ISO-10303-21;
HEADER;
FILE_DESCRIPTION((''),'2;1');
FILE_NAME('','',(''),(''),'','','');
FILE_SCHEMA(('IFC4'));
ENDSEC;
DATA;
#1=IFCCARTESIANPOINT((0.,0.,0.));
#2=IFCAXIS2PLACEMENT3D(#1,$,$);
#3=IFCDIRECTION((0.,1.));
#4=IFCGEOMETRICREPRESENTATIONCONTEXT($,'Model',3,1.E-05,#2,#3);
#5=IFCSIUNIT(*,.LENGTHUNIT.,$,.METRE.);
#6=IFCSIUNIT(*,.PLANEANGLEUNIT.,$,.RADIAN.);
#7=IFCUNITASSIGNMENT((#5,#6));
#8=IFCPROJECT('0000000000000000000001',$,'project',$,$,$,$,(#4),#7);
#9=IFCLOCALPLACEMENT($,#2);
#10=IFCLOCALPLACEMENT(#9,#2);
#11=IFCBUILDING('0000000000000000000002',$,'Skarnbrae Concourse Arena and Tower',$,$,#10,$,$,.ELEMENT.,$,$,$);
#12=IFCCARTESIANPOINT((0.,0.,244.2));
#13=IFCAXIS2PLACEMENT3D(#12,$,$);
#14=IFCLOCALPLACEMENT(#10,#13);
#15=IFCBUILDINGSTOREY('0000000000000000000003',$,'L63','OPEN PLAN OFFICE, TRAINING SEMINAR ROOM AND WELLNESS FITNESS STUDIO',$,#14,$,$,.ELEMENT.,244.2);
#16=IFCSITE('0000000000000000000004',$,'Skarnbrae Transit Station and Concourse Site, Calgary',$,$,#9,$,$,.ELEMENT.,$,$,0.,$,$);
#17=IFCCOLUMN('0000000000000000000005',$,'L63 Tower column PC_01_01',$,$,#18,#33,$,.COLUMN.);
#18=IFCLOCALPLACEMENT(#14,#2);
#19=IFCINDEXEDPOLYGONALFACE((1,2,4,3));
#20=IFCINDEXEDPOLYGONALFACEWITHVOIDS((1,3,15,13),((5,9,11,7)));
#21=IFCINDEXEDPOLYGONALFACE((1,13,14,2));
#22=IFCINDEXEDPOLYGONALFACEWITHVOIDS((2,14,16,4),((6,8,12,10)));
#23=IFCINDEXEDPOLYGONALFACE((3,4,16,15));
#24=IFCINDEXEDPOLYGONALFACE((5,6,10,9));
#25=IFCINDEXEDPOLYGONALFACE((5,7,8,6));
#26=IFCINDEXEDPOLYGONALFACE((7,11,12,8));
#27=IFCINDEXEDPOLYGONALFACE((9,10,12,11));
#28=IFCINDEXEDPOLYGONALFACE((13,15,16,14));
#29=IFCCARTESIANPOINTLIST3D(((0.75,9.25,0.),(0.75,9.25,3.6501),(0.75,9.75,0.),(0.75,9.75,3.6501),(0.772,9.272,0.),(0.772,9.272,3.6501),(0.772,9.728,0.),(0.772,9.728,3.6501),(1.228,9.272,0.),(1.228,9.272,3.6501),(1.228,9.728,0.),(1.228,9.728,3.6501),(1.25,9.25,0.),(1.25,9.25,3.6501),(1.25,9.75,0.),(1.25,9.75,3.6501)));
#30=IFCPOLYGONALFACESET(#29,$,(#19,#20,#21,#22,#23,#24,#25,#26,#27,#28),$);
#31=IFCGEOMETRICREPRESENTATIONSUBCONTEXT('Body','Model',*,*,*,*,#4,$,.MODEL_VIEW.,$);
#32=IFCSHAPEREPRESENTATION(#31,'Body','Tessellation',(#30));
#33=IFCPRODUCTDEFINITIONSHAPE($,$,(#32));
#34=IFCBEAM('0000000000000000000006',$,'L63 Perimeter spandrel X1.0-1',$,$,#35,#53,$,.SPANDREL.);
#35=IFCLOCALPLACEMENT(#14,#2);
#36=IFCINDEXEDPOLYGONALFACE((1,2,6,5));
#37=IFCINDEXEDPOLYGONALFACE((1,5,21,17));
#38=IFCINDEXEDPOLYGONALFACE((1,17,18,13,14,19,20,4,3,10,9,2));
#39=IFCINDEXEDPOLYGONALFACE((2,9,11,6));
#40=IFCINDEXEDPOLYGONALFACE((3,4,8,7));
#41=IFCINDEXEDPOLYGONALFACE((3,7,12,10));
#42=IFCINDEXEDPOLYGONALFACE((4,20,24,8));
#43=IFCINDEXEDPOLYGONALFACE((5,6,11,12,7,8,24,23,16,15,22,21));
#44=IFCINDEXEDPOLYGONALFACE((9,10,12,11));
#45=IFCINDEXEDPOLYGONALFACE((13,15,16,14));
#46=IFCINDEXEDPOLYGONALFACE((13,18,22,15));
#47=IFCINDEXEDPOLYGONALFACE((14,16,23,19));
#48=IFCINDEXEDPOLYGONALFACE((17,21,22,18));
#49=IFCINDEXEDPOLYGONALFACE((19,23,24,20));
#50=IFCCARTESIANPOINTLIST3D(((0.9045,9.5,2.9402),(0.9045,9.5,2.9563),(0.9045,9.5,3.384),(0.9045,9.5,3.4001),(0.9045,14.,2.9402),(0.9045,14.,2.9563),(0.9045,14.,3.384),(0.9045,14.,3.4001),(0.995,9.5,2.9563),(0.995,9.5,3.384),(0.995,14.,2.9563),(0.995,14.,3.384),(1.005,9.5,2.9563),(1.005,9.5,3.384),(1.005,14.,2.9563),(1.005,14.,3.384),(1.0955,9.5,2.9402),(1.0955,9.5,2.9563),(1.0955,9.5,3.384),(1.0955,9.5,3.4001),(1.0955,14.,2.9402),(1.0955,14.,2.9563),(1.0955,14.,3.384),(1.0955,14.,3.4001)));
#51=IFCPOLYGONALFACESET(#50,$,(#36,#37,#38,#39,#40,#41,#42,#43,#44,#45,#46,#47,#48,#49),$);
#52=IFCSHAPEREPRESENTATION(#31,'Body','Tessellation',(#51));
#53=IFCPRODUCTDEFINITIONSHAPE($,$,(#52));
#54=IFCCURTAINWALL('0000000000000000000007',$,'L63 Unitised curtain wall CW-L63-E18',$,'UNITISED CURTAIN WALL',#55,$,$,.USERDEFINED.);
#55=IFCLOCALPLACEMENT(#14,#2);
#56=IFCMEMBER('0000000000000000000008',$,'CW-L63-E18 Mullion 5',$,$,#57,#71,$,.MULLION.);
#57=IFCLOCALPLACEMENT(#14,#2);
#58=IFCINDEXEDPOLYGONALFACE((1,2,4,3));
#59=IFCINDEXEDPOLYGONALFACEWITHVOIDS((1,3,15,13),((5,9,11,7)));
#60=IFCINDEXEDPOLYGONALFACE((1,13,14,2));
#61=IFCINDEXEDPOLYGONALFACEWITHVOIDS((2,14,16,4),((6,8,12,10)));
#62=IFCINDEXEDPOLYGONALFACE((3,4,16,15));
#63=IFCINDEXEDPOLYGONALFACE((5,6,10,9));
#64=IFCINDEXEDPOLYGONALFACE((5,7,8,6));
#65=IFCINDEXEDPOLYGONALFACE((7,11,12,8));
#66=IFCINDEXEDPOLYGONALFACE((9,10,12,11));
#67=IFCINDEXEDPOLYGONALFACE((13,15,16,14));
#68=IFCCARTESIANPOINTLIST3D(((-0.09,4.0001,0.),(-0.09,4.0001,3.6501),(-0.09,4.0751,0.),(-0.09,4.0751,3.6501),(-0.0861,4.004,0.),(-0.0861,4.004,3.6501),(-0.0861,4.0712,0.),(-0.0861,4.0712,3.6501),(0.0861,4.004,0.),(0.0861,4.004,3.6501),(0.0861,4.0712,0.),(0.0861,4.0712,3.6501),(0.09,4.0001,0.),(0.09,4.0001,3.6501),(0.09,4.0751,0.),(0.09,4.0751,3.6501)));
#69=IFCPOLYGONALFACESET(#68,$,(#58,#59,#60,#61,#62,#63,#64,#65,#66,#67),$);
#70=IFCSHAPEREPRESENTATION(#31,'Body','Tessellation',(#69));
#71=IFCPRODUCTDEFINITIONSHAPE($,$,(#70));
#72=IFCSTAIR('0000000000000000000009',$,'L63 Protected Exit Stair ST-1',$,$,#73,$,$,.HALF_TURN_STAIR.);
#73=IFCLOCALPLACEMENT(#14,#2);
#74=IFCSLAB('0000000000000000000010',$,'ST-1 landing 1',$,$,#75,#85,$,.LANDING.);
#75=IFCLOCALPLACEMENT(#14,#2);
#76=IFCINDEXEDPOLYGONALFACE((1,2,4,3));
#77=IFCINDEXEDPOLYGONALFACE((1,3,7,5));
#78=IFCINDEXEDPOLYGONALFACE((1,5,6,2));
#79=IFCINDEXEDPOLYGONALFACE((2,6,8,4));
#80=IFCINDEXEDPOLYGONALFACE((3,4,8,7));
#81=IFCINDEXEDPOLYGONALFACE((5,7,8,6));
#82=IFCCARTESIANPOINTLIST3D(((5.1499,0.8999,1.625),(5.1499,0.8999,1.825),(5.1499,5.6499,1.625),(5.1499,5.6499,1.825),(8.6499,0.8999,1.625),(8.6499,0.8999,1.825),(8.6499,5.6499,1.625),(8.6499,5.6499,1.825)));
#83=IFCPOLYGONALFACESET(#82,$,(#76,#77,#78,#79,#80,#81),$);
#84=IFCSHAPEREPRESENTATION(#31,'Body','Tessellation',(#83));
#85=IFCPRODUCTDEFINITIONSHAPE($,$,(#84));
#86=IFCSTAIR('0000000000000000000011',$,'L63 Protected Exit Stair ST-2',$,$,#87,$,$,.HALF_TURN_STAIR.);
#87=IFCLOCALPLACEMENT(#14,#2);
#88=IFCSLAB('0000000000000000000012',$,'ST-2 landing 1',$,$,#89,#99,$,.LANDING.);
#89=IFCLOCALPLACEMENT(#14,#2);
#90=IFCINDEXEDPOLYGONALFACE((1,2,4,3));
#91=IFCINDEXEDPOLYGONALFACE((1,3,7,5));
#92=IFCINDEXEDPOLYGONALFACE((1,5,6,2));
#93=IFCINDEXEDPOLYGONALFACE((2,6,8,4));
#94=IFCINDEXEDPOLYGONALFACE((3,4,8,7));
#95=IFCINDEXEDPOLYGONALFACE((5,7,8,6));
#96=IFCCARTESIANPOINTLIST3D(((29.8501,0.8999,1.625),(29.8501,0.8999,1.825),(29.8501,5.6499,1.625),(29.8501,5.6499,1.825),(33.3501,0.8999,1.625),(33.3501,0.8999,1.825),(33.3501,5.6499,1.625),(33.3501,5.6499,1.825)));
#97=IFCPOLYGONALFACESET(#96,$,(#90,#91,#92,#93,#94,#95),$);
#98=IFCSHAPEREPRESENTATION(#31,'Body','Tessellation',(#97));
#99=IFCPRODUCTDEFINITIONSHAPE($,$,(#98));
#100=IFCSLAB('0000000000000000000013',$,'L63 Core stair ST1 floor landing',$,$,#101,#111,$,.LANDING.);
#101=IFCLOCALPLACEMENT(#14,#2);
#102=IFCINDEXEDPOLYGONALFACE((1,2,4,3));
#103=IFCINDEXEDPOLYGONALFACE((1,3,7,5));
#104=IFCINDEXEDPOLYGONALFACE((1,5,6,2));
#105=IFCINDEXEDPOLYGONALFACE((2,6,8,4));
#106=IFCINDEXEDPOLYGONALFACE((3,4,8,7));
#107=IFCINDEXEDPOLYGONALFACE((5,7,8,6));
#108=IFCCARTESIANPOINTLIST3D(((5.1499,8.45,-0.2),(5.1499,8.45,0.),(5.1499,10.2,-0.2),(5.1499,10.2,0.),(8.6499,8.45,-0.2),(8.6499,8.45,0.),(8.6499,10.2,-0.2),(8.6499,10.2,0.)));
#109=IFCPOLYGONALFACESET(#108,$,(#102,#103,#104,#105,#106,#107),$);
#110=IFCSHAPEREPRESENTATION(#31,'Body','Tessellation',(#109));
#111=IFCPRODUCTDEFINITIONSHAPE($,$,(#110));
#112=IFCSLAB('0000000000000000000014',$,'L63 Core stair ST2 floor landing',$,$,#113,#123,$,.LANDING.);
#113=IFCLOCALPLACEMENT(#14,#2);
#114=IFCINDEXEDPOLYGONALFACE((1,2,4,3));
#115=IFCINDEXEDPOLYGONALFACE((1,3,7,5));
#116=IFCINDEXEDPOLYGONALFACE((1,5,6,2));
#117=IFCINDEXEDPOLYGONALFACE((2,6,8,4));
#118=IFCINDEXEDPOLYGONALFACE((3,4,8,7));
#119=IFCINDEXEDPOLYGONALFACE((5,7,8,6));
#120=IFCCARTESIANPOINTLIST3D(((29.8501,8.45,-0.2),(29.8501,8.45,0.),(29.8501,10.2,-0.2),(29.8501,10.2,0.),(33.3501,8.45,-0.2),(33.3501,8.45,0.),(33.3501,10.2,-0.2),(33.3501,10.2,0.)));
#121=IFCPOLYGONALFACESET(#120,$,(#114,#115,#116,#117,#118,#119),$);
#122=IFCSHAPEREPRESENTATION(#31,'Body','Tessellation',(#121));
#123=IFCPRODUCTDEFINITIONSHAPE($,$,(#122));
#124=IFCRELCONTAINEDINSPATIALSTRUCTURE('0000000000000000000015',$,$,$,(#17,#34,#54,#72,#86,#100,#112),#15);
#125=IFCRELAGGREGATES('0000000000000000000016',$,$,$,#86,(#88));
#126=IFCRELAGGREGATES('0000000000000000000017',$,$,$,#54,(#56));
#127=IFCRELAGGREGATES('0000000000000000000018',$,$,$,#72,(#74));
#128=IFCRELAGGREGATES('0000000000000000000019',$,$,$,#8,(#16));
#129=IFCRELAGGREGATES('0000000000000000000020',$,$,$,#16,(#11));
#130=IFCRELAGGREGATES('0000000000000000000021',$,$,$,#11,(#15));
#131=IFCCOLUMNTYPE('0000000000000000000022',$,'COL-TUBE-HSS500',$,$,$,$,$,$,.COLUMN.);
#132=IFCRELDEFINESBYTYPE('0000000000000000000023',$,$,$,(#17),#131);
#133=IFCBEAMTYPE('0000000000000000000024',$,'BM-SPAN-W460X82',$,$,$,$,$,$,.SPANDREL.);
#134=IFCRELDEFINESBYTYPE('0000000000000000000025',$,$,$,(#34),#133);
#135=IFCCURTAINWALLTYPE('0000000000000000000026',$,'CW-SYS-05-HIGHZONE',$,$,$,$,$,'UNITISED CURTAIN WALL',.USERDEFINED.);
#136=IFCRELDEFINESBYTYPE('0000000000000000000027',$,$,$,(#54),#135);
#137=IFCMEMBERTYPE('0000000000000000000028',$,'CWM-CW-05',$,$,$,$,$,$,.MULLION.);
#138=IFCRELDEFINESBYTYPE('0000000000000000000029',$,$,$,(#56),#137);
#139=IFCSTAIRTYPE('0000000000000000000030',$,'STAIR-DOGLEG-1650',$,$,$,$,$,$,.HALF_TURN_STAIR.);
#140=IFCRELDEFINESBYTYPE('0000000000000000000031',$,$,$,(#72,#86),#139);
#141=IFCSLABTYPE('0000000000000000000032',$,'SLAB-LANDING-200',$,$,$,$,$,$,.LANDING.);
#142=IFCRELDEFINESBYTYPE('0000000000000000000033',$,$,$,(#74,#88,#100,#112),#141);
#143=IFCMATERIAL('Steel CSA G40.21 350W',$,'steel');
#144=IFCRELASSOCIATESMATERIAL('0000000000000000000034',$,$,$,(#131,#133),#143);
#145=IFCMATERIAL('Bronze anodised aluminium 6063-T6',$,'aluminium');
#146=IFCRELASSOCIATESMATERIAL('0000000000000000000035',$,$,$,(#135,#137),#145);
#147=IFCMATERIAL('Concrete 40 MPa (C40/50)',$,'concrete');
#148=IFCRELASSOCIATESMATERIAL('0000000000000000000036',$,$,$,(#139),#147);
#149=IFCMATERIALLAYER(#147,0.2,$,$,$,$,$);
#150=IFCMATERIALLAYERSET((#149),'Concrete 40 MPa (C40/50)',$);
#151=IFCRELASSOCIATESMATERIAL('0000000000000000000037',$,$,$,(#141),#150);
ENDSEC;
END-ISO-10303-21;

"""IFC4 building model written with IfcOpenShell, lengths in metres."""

from ifc_helpers import new_model, si_unit, direction, frame, origin, origin_2d, place, context, subcontext, project, spatial, polyline, hollow_rectangle, i_section, outline, extrude, source, transform, mapped, material, layer, layer_set, material_profile, profile_set, type_object, element, aggregate, save


model = new_model("IFC4")

# Units and contexts
model_context = context("Model", 3, precision=1e-05, world=origin(), true_north=direction((0.0, 1.0)))
body_context = subcontext(model_context, "Body", "Model", "MODEL_VIEW")
ifc_project = project(units=[si_unit("LENGTHUNIT", "METRE"), si_unit("PLANEANGLEUNIT", "RADIAN")], contexts=[model_context])

# Site, building, storey
site_placement = place(None, origin())
site = spatial("IfcSite", under=ifc_project, at=site_placement, Name="Skarnbrae Transit Station and Concourse Site, Calgary", CompositionType="ELEMENT", RefElevation=0.0)
building_placement = place(site_placement, origin())
building = spatial("IfcBuilding", under=site, at=building_placement, Name="Skarnbrae Concourse Arena and Tower", CompositionType="ELEMENT")
storey_placement = place(building_placement, frame((0.0, 0.0, 244.2)))
storey = spatial("IfcBuildingStorey", under=building, at=storey_placement, Name="L63", Description="OPEN PLAN OFFICE, TRAINING SEMINAR ROOM AND WELLNESS FITNESS STUDIO", CompositionType="ELEMENT", Elevation=244.2)

# Column
ifc_material_1 = material(Name="Steel CSA G40.21 350W", Category="steel")
ifc_material_profile_1 = material_profile(ifc_material_1, hollow_rectangle(XDim=0.5, YDim=0.5, WallThickness=0.022, at=origin_2d()), Name="HSS500X500X22.0")
ifc_profile_set_1 = profile_set([ifc_material_profile_1], Name="Steel CSA G40.21 350W")
column_type = type_object("IfcColumnType", Name="COL-TUBE-HSS500", PredefinedType="COLUMN", material=ifc_profile_set_1)
shared_shape_1 = source(origin(), body_context, "Body", "SweptSolid", [
    extrude(hollow_rectangle(XDim=0.5, YDim=0.5, WallThickness=0.022, at=origin_2d()), origin(), (0.0, 0.0, 1.0), 3.6501),
])
column_placement = place(storey_placement, frame((1.0, 9.5, 0.0), z_axis=(0.0, 0.0, 1.0), x_axis=(1.0, 0.0, 0.0)))
element("IfcColumn", 1, at=column_placement, inside=storey, type_object=column_type, Name="L63 Tower column PC_01_01", PredefinedType="COLUMN", context=body_context, shape_type="MappedRepresentation", body=[
    mapped(shared_shape_1, transform((0.0, 0.0, 0.0))),
])

# Beam
ifc_material_profile_2 = material_profile(ifc_material_1, i_section(OverallWidth=0.1909, OverallDepth=0.46, WebThickness=0.01, FlangeThickness=0.0161, at=origin_2d()), Name="W460X82")
ifc_profile_set_2 = profile_set([ifc_material_profile_2], Name="Steel CSA G40.21 350W")
beam_type = type_object("IfcBeamType", Name="BM-SPAN-W460X82", PredefinedType="SPANDREL", material=ifc_profile_set_2)
shared_shape_2 = source(origin(), body_context, "Body", "SweptSolid", [
    extrude(i_section(OverallWidth=0.1909, OverallDepth=0.46, WebThickness=0.01, FlangeThickness=0.0161, at=origin_2d()), origin(), (0.0, 0.0, 1.0), 4.5),
])
beam_placement = place(storey_placement, frame((1.0, 9.5, 3.1702), z_axis=(0.0, 1.0, 0.0), x_axis=(-1.0, 0.0, 0.0)))
element("IfcBeam", 2, at=beam_placement, inside=storey, type_object=beam_type, Name="L63 Perimeter spandrel X1.0-1", PredefinedType="SPANDREL", context=body_context, shape_type="MappedRepresentation", body=[
    mapped(shared_shape_2, transform((0.0, 0.0, 0.0))),
])

# Curtain wall, member
ifc_material_2 = material(Name="Bronze anodised aluminium 6063-T6", Category="aluminium")
curtain_wall_type = type_object("IfcCurtainWallType", Name="CW-SYS-05-HIGHZONE", ElementType="UNITISED CURTAIN WALL", PredefinedType="USERDEFINED", material=ifc_material_2)
curtain_wall_placement = place(storey_placement, origin())
curtain_wall = element("IfcCurtainWall", 3, at=curtain_wall_placement, inside=storey, type_object=curtain_wall_type, Name="L63 Unitised curtain wall CW-L63-E18", ObjectType="UNITISED CURTAIN WALL", PredefinedType="USERDEFINED")
ifc_material_profile_3 = material_profile(ifc_material_2, hollow_rectangle(XDim=0.075, YDim=0.1799, WallThickness=0.0039, at=origin_2d()), Name="ALU-MULL-75X180")
ifc_profile_set_3 = profile_set([ifc_material_profile_3], Name="Bronze anodised aluminium 6063-T6")
member_type = type_object("IfcMemberType", Name="CWM-CW-05", PredefinedType="MULLION", material=ifc_profile_set_3)
shared_shape_3 = source(origin(), body_context, "Body", "SweptSolid", [
    extrude(hollow_rectangle(XDim=0.075, YDim=0.1799, WallThickness=0.0039, at=origin_2d()), origin(), (0.0, 0.0, 1.0), 3.6501),
])
member_placement = place(storey_placement, frame((0.0, 4.0376, 0.0), z_axis=(0.0, 0.0, 1.0), x_axis=(0.0, -1.0, 0.0)))
member = element("IfcMember", 4, at=member_placement, type_object=member_type, Name="CW-L63-E18 Mullion 5", PredefinedType="MULLION", context=body_context, shape_type="MappedRepresentation", body=[
    mapped(shared_shape_3, transform((0.0, 0.0, 0.0))),
])

# Stairs, slabs
ifc_material_3 = material(Name="Concrete 40 MPa (C40/50)", Category="concrete")
stair_type = type_object("IfcStairType", Name="STAIR-DOGLEG-1650", PredefinedType="HALF_TURN_STAIR", material=ifc_material_3)
stair_1_placement = place(storey_placement, origin())
stair_1 = element("IfcStair", 5, at=stair_1_placement, inside=storey, type_object=stair_type, Name="L63 Protected Exit Stair ST-1", PredefinedType="HALF_TURN_STAIR")
ifc_layer_1 = layer(ifc_material_3, 0.2)
ifc_layer_set_1 = layer_set([ifc_layer_1], Name="Concrete 40 MPa (C40/50)")
slab_type_1 = type_object("IfcSlabType", Name="SLAB-LANDING-200", PredefinedType="LANDING", material=ifc_layer_set_1)
slab_1_placement = place(storey_placement, frame((0.0, 0.0, 1.625)))
slab_1 = element("IfcSlab", 6, at=slab_1_placement, type_object=slab_type_1, Name="ST-1 landing 1", PredefinedType="LANDING", context=body_context, shape_type="SweptSolid", body=[
    extrude(outline(polyline([(5.1499, 5.6499), (5.1499, 0.8999), (8.6499, 0.8999), (8.6499, 5.6499), (5.1499, 5.6499)])), origin(), (0.0, 0.0, 1.0), 0.2),
])
stair_2_placement = place(storey_placement, origin())
stair_2 = element("IfcStair", 7, at=stair_2_placement, inside=storey, type_object=stair_type, Name="L63 Protected Exit Stair ST-2", PredefinedType="HALF_TURN_STAIR")
slab_2_placement = place(storey_placement, frame((0.0, 0.0, 1.625)))
slab_2 = element("IfcSlab", 8, at=slab_2_placement, type_object=slab_type_1, Name="ST-2 landing 1", PredefinedType="LANDING", context=body_context, shape_type="SweptSolid", body=[
    extrude(outline(polyline([(29.8501, 5.6499), (29.8501, 0.8999), (33.3501, 0.8999), (33.3501, 5.6499), (29.8501, 5.6499)])), origin(), (0.0, 0.0, 1.0), 0.2),
])
aggregate(stair_2, [slab_2])

# Slabs
slab_3_placement = place(storey_placement, frame((0.0, 0.0, -0.2)))
element("IfcSlab", 9, at=slab_3_placement, inside=storey, type_object=slab_type_1, Name="L63 Core stair ST1 floor landing", PredefinedType="LANDING", context=body_context, shape_type="SweptSolid", body=[
    extrude(outline(polyline([(5.1499, 10.2), (5.1499, 8.45), (8.6499, 8.45), (8.6499, 10.2), (5.1499, 10.2)])), origin(), (0.0, 0.0, 1.0), 0.2),
])
slab_4_placement = place(storey_placement, frame((0.0, 0.0, -0.2)))
element("IfcSlab", 10, at=slab_4_placement, inside=storey, type_object=slab_type_1, Name="L63 Core stair ST2 floor landing", PredefinedType="LANDING", context=body_context, shape_type="SweptSolid", body=[
    extrude(outline(polyline([(29.8501, 10.2), (29.8501, 8.45), (33.3501, 8.45), (33.3501, 10.2), (29.8501, 10.2)])), origin(), (0.0, 0.0, 1.0), 0.2),
])

aggregate(curtain_wall, [member])

aggregate(stair_1, [slab_1])

save(model, "model.ifc")
